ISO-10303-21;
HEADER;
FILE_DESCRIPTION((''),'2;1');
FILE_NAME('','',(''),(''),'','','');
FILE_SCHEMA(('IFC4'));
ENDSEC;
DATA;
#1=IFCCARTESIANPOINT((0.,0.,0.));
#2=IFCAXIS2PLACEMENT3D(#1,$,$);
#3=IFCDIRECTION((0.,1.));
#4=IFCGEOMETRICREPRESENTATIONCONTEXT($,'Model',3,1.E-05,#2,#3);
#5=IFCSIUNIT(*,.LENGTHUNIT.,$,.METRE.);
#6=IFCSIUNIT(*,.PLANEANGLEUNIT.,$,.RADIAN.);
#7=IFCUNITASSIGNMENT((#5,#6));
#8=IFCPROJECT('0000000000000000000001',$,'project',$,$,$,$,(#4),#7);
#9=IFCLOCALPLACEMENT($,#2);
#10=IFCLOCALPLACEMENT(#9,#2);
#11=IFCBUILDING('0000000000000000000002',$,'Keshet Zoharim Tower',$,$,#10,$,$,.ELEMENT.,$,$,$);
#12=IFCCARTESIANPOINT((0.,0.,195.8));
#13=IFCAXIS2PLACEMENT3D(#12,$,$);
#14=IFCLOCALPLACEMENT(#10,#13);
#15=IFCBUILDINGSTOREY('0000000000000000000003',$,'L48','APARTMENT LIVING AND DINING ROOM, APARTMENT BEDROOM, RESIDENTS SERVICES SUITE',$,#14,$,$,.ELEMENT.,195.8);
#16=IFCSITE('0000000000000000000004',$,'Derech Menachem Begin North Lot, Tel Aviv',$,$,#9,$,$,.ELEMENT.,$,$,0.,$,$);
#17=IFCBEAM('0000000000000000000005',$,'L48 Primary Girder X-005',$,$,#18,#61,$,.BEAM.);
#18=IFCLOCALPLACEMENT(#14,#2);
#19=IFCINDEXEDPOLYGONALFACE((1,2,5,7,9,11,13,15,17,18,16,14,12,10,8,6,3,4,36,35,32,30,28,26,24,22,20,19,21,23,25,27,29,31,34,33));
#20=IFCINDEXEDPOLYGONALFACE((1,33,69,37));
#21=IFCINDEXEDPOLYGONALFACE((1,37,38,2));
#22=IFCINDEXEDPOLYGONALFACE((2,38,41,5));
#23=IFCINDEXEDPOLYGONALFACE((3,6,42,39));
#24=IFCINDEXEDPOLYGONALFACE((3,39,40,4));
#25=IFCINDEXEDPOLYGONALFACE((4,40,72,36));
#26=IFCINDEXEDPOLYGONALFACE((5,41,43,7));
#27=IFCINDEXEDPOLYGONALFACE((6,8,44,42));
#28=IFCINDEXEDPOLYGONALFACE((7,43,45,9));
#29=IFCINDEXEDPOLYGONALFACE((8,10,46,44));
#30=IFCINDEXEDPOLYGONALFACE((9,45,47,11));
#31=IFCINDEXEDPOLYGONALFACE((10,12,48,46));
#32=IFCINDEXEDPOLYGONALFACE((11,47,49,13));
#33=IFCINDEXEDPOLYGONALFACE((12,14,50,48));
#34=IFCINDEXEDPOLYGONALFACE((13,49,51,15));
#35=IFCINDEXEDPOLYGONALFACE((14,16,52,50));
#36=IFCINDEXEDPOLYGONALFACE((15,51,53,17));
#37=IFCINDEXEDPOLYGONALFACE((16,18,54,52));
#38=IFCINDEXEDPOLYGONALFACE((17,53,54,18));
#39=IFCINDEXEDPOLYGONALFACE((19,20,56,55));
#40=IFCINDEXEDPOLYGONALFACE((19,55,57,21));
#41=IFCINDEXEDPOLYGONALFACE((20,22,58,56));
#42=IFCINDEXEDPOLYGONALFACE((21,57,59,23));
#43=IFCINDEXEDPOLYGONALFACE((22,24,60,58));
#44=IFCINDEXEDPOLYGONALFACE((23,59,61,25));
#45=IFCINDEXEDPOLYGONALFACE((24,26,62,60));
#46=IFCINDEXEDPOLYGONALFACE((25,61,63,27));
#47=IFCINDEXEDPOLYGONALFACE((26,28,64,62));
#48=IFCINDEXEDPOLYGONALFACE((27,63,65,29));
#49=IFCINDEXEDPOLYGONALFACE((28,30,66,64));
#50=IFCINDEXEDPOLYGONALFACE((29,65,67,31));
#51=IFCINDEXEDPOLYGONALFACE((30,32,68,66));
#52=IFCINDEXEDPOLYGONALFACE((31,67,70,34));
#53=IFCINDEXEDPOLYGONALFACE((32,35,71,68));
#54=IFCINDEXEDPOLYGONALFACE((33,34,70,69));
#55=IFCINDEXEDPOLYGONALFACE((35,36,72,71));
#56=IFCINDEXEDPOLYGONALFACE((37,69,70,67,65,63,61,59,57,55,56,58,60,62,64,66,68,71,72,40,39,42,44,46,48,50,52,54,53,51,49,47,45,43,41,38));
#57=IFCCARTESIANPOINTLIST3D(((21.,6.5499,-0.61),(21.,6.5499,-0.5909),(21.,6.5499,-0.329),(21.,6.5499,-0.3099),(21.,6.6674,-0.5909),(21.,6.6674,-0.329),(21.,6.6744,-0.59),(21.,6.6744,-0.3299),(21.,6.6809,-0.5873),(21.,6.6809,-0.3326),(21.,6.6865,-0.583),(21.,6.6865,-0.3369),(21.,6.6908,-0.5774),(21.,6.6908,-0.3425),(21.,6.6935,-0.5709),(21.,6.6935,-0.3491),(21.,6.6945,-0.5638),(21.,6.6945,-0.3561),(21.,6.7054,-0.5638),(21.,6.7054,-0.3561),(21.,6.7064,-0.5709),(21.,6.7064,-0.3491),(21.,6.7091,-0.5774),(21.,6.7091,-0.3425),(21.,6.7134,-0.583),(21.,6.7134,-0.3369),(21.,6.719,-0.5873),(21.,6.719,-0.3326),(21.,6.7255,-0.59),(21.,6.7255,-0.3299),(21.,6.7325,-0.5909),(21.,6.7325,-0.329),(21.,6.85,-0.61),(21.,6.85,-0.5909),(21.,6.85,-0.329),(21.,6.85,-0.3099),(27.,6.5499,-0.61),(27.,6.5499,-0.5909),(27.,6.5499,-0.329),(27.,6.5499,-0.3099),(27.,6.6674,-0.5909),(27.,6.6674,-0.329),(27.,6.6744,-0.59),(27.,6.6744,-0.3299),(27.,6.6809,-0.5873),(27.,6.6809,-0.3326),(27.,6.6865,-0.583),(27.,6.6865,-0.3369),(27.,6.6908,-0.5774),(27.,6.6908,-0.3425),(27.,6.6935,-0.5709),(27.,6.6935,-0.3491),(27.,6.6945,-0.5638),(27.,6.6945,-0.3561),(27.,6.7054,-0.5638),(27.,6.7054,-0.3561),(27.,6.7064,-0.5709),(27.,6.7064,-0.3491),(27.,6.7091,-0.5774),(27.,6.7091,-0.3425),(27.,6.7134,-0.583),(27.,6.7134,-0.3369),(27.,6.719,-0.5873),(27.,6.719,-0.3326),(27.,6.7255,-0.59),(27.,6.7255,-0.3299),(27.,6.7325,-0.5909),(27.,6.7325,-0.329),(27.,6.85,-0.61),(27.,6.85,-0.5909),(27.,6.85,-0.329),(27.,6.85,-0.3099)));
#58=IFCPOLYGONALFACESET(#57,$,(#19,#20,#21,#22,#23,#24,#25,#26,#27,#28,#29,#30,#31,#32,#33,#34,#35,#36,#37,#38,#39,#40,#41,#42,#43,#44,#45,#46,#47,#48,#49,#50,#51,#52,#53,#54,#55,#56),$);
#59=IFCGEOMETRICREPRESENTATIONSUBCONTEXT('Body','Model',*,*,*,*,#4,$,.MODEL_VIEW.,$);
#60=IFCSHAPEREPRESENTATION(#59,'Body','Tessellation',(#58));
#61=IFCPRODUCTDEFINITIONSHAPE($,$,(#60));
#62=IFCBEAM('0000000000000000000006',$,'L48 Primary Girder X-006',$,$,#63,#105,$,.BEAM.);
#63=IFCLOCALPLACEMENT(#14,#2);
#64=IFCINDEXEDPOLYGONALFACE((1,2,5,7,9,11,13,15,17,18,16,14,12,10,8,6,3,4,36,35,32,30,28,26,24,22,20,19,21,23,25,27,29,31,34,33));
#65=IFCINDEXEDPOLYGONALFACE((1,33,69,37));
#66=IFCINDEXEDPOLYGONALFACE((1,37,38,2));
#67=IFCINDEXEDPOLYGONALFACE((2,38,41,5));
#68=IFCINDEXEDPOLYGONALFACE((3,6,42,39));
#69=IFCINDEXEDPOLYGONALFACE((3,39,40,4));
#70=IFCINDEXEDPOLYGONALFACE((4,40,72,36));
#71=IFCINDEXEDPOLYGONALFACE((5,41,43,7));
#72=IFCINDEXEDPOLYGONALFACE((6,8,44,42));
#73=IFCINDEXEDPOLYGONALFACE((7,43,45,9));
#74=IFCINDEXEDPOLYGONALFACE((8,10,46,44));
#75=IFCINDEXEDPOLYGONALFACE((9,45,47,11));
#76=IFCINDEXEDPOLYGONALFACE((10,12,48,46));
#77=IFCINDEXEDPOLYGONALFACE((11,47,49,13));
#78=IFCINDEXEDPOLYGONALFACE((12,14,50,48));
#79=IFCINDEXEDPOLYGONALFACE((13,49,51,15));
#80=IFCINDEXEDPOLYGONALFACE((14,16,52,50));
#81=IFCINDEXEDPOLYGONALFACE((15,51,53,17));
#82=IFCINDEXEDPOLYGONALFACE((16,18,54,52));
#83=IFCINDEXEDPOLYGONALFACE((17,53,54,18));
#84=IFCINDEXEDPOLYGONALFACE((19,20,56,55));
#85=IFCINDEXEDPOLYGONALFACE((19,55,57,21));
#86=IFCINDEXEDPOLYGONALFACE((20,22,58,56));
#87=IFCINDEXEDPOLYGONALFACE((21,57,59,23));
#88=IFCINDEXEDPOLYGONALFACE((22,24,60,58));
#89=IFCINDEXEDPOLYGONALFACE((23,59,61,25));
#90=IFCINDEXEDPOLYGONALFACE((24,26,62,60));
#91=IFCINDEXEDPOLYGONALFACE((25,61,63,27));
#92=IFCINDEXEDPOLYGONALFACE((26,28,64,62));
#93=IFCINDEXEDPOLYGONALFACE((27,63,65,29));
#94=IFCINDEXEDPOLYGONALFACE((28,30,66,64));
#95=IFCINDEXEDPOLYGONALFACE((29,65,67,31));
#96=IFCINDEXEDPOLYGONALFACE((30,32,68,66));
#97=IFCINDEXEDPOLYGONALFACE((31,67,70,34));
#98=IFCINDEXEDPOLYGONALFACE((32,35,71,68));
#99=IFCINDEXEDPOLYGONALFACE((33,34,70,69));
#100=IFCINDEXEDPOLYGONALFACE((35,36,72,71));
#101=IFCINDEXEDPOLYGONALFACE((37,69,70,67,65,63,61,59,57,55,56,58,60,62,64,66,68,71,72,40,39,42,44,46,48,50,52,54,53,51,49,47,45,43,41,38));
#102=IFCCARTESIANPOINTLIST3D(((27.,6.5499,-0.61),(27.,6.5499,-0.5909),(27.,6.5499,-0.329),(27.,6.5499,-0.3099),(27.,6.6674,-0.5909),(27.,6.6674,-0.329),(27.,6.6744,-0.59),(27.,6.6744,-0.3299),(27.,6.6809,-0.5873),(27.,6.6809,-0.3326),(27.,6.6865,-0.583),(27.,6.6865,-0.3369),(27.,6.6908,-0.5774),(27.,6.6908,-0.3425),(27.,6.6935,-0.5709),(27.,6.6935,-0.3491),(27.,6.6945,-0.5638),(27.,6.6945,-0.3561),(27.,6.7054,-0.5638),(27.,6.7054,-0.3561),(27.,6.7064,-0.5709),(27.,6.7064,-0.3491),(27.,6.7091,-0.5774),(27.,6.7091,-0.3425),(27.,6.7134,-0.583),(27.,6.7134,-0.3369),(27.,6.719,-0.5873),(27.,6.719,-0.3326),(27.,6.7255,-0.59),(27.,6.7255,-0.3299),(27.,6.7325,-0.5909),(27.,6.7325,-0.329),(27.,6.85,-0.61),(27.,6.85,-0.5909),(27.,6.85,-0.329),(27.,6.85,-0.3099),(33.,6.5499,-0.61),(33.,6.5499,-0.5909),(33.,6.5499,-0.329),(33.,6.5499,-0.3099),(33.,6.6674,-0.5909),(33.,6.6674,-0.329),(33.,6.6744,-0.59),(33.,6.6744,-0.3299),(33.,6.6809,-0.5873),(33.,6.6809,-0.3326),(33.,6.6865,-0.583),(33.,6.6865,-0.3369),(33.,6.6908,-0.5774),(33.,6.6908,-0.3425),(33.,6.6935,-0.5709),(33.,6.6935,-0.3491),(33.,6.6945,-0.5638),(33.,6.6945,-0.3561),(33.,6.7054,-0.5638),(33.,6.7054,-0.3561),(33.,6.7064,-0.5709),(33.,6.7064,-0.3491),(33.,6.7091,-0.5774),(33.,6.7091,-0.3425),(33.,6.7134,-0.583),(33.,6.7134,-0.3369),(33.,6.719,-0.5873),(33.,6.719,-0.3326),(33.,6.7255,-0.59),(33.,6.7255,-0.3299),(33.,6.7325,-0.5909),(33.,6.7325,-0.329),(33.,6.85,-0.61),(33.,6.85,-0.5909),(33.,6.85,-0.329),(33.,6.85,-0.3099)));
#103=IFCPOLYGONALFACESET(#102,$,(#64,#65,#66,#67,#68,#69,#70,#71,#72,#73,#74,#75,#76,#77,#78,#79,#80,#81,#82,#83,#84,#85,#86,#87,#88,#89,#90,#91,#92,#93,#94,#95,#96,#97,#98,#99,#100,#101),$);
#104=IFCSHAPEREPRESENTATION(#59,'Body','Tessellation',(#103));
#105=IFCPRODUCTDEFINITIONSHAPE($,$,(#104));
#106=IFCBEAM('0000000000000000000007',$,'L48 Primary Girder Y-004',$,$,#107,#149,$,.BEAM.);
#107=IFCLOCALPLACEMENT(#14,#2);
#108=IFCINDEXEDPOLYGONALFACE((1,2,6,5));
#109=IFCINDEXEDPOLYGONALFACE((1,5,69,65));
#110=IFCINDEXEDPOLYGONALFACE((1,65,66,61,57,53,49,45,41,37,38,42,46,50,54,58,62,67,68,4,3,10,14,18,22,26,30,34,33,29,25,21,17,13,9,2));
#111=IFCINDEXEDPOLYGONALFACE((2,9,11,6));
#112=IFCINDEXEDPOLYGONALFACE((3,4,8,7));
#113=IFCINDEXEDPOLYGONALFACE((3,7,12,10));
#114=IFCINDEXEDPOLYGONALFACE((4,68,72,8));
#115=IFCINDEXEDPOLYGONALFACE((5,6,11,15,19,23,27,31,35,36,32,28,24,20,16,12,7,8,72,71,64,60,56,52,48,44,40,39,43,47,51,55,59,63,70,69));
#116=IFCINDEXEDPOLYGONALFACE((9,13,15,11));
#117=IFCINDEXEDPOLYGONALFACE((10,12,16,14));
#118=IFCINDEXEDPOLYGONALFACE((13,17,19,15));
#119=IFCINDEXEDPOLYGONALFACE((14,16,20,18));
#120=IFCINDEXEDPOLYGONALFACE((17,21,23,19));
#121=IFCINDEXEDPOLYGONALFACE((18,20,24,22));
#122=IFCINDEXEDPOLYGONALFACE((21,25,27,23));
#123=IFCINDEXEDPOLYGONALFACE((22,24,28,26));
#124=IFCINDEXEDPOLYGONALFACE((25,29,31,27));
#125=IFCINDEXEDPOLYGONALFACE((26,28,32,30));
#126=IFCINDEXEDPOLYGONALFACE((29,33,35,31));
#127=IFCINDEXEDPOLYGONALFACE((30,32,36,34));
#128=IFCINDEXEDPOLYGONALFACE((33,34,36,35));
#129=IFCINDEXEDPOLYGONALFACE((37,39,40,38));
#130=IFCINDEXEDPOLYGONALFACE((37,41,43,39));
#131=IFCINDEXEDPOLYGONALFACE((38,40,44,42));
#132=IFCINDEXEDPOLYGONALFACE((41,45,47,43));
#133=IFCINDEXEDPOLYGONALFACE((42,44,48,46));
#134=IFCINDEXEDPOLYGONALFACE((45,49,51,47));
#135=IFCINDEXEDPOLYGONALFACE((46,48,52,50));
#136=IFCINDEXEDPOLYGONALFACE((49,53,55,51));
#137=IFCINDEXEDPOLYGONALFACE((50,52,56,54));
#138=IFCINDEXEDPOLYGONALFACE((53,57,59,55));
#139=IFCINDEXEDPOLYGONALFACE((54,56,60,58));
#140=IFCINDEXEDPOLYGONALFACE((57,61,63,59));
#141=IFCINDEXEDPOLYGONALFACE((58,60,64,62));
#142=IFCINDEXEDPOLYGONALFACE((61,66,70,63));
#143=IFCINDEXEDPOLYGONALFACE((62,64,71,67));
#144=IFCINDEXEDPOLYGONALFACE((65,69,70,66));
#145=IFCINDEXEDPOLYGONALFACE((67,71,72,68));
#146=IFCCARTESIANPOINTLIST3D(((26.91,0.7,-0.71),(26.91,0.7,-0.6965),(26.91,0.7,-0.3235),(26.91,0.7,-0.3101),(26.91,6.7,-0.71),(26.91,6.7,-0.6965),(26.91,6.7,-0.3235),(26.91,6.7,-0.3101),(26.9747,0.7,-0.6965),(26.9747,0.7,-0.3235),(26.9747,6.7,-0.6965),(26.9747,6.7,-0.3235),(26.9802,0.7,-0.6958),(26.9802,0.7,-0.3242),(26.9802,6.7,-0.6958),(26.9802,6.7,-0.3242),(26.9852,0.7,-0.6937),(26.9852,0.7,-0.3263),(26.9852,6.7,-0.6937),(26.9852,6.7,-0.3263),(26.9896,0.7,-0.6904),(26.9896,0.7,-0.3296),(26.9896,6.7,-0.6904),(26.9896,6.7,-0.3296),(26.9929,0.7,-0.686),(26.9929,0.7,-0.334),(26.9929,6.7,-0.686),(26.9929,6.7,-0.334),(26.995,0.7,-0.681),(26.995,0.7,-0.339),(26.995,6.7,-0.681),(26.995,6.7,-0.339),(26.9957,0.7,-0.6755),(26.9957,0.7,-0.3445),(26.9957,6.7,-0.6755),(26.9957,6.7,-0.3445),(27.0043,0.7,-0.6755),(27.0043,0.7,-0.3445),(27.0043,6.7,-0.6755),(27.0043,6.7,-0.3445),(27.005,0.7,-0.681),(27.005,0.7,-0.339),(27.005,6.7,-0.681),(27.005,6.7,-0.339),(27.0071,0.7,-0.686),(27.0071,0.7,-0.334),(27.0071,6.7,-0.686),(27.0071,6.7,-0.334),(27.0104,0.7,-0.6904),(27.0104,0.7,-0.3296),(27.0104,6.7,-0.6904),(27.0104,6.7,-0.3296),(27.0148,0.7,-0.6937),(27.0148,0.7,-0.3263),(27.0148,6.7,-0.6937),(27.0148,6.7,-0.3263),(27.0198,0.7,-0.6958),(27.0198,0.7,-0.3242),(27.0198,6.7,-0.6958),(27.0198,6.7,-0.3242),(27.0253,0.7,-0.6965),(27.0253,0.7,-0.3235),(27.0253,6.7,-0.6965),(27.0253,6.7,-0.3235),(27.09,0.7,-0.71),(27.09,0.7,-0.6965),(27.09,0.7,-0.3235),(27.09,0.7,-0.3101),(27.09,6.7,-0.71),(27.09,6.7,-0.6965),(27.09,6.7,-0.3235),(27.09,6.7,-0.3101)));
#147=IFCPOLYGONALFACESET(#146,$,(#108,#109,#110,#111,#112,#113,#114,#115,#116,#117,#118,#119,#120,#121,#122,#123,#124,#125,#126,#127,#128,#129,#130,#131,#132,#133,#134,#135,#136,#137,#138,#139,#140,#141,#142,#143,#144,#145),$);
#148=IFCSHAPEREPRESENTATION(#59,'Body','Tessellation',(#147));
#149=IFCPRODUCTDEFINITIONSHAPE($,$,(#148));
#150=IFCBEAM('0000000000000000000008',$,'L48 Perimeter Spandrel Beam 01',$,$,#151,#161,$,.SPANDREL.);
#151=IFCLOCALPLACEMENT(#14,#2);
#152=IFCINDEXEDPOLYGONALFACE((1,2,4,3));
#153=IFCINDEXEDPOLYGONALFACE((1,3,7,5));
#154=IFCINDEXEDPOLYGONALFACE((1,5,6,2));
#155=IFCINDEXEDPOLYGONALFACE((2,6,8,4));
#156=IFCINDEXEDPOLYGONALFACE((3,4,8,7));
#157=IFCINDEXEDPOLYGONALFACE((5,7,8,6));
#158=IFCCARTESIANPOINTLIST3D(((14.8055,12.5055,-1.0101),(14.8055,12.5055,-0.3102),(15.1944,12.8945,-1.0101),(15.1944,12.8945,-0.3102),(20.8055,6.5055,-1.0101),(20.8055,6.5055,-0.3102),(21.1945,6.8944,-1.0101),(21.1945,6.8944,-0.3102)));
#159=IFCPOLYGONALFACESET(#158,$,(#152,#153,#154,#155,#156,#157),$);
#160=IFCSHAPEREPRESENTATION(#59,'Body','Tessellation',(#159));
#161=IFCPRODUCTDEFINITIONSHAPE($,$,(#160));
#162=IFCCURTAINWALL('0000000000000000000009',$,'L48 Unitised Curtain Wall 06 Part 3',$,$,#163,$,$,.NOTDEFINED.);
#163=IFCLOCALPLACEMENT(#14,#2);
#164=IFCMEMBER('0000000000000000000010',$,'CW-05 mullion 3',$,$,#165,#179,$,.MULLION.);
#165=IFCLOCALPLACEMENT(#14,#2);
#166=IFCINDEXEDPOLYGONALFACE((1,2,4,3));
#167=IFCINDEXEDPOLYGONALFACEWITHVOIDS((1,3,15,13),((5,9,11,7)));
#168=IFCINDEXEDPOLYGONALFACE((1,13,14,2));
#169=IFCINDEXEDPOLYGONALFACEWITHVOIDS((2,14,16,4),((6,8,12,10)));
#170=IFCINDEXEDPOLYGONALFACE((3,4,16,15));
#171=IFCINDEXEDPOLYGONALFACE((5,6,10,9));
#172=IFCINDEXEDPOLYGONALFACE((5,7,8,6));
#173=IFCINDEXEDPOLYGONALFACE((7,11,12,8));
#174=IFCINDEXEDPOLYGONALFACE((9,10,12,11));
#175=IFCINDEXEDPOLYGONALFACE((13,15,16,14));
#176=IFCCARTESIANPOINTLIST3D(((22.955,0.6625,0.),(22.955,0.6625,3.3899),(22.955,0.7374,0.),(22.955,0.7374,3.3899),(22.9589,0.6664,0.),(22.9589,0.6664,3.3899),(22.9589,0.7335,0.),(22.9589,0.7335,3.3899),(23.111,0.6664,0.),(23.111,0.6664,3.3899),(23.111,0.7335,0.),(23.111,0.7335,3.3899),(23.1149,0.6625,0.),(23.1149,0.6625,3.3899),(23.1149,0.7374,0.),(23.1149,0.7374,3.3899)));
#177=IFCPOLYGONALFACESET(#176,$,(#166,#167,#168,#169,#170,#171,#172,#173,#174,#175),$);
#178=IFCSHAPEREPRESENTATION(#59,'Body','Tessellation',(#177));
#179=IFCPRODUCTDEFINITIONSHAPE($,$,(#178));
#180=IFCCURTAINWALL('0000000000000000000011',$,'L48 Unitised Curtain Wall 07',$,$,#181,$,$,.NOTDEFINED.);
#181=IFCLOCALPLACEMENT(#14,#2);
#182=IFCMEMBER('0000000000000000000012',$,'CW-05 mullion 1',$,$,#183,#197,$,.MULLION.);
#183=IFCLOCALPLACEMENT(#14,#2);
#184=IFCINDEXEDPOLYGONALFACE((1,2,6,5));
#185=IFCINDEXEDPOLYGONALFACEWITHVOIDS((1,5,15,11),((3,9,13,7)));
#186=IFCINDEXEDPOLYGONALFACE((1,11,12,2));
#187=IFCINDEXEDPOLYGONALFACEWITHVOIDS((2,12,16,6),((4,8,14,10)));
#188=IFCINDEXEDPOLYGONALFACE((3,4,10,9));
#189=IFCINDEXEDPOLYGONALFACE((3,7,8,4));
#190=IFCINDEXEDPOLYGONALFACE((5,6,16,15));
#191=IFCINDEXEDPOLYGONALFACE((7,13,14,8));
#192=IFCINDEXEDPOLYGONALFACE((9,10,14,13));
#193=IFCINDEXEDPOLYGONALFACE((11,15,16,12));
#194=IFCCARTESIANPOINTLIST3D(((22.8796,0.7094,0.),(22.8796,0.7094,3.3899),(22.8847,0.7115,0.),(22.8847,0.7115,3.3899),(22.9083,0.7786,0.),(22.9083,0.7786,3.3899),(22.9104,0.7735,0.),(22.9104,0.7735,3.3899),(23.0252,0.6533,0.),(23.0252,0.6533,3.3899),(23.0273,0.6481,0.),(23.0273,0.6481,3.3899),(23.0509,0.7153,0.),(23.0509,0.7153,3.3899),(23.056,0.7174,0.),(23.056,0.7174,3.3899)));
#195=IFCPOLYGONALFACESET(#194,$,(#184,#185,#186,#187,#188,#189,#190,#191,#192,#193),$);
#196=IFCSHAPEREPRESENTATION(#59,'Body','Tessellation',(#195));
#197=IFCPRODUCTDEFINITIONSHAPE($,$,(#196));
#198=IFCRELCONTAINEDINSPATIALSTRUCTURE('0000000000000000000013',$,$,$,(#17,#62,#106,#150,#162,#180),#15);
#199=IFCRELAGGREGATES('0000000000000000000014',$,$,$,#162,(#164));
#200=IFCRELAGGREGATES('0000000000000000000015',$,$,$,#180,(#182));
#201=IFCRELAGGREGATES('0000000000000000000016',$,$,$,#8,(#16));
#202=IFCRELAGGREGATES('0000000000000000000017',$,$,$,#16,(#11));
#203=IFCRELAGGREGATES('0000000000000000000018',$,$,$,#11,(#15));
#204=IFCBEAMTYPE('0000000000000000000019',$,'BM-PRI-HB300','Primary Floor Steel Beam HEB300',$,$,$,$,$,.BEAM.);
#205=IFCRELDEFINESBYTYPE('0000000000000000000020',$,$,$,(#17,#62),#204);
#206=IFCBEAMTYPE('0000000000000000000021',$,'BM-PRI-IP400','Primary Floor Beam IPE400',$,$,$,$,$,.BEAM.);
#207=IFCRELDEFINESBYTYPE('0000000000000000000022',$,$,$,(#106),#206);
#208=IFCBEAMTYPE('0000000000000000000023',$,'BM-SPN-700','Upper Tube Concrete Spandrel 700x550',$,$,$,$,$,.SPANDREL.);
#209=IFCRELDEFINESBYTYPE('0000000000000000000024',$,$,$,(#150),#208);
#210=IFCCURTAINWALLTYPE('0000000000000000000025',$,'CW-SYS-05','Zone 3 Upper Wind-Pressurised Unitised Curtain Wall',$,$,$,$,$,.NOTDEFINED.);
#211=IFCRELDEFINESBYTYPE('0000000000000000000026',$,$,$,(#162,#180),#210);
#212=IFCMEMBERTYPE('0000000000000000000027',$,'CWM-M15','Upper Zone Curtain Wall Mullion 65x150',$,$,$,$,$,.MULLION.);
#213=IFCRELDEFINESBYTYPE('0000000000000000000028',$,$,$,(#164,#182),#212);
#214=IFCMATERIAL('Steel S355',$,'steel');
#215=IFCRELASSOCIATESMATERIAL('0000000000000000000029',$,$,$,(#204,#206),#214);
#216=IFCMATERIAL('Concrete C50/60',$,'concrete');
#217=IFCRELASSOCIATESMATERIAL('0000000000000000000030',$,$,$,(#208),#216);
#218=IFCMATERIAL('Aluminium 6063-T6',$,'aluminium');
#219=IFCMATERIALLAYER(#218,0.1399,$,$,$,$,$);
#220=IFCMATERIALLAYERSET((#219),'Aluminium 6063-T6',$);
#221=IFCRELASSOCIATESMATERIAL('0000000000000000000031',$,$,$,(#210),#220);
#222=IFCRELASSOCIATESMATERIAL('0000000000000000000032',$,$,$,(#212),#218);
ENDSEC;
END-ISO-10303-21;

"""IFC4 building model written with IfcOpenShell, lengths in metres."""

from ifc_helpers import new_model, si_unit, direction, frame, origin, origin_2d, place, context, subcontext, project, spatial, rectangle, hollow_rectangle, i_section, extrude, material, layer, layer_set, material_profile, profile_set, type_object, element, aggregate, save


model = new_model("IFC4")

# Units and contexts
model_context = context("Model", 3, precision=1e-05, world=origin(), true_north=direction((0.0, 1.0)))
body_context = subcontext(model_context, "Body", "Model", "MODEL_VIEW")
ifc_project = project(units=[si_unit("LENGTHUNIT", "METRE"), si_unit("PLANEANGLEUNIT", "RADIAN")], contexts=[model_context])

# Site, building, storey
site_placement = place(None, origin())
site = spatial("IfcSite", under=ifc_project, at=site_placement, Name="Derech Menachem Begin North Lot, Tel Aviv", CompositionType="ELEMENT", RefElevation=0.0)
building_placement = place(site_placement, origin())
building = spatial("IfcBuilding", under=site, at=building_placement, Name="Keshet Zoharim Tower", CompositionType="ELEMENT")
storey_placement = place(building_placement, frame((0.0, 0.0, 195.8)))
storey = spatial("IfcBuildingStorey", under=building, at=storey_placement, Name="L48", Description="APARTMENT LIVING AND DINING ROOM, APARTMENT BEDROOM, RESIDENTS SERVICES SUITE", CompositionType="ELEMENT", Elevation=195.8)

# Shared definitions
ifc_material_1 = material(Name="Steel S355", Category="steel")

# Beams
ifc_material_profile_1 = material_profile(ifc_material_1, i_section(OverallWidth=0.3, OverallDepth=0.3, WebThickness=0.011, FlangeThickness=0.019, FilletRadius=0.0271, at=origin_2d()), Name="HEB300")
ifc_profile_set_1 = profile_set([ifc_material_profile_1], Name="Steel S355")
beam_type_1 = type_object("IfcBeamType", Name="BM-PRI-HB300", Description="Primary Floor Steel Beam HEB300", PredefinedType="BEAM", material=ifc_profile_set_1)
for number, where, z_axis, x_axis, name in (
    (1, (21.0, 6.7, -0.46), (1.0, 0.0, 0.0), (0.0, 1.0, 0.0), "L48 Primary Girder X-005"),
    (2, (27.0, 6.7, -0.46), (1.0, 0.0, 0.0), (0.0, 1.0, 0.0), "L48 Primary Girder X-006"),
):
    element("IfcBeam", number, at=place(storey_placement, frame(where, z_axis=z_axis, x_axis=x_axis)), inside=storey, type_object=beam_type_1, Name=name, PredefinedType="BEAM", context=body_context, shape_type="SweptSolid", body=[
        extrude(i_section(OverallWidth=0.3, OverallDepth=0.3, WebThickness=0.011, FlangeThickness=0.019, FilletRadius=0.0271, at=origin_2d()), origin(), (0.0, 0.0, 1.0), 6.0),
    ])
ifc_material_profile_2 = material_profile(ifc_material_1, i_section(OverallWidth=0.1799, OverallDepth=0.3999, WebThickness=0.0085, FlangeThickness=0.0134, FilletRadius=0.021, at=origin_2d()), Name="IPE400")
ifc_profile_set_2 = profile_set([ifc_material_profile_2], Name="Steel S355")
beam_type_2 = type_object("IfcBeamType", Name="BM-PRI-IP400", Description="Primary Floor Beam IPE400", PredefinedType="BEAM", material=ifc_profile_set_2)
beam_1_placement = place(storey_placement, frame((27.0, 0.7, -0.51), z_axis=(0.0, 1.0, 0.0), x_axis=(-1.0, 0.0, 0.0)))
element("IfcBeam", 3, at=beam_1_placement, inside=storey, type_object=beam_type_2, Name="L48 Primary Girder Y-004", PredefinedType="BEAM", context=body_context, shape_type="SweptSolid", body=[
    extrude(i_section(OverallWidth=0.1799, OverallDepth=0.3999, WebThickness=0.0085, FlangeThickness=0.0134, FilletRadius=0.021, at=origin_2d()), origin(), (0.0, 0.0, 1.0), 6.0),
])
ifc_material_2 = material(Name="Concrete C50/60", Category="concrete")
ifc_material_profile_3 = material_profile(ifc_material_2, rectangle(XDim=0.55, YDim=0.7, at=origin_2d()), Name="RC700x550")
ifc_profile_set_3 = profile_set([ifc_material_profile_3], Name="Concrete C50/60")
beam_type_3 = type_object("IfcBeamType", Name="BM-SPN-700", Description="Upper Tube Concrete Spandrel 700x550", PredefinedType="SPANDREL", material=ifc_profile_set_3)
beam_2_placement = place(storey_placement, frame((21.0, 6.7, -0.6602), z_axis=(-0.707107, 0.707107, 0.0), x_axis=(-0.707107, -0.707107, 0.0)))
element("IfcBeam", 4, at=beam_2_placement, inside=storey, type_object=beam_type_3, Name="L48 Perimeter Spandrel Beam 01", PredefinedType="SPANDREL", context=body_context, shape_type="SweptSolid", body=[
    extrude(rectangle(XDim=0.55, YDim=0.7, at=origin_2d()), origin(), (0.0, 0.0, 1.0), 8.4854),
])

# Curtain wall, member
ifc_material_3 = material(Name="Aluminium 6063-T6", Category="aluminium")
ifc_layer_1 = layer(ifc_material_3, 0.1399)
ifc_layer_set_1 = layer_set([ifc_layer_1], Name="Aluminium 6063-T6")
curtain_wall_type = type_object("IfcCurtainWallType", Name="CW-SYS-05", Description="Zone 3 Upper Wind-Pressurised Unitised Curtain Wall", PredefinedType="NOTDEFINED", material=ifc_layer_set_1)
curtain_wall_1_placement = place(storey_placement, origin())
curtain_wall_1 = element("IfcCurtainWall", 5, at=curtain_wall_1_placement, inside=storey, type_object=curtain_wall_type, Name="L48 Unitised Curtain Wall 06 Part 3", PredefinedType="NOTDEFINED")
ifc_material_profile_4 = material_profile(ifc_material_3, hollow_rectangle(XDim=0.075, YDim=0.1599, WallThickness=0.0039, at=origin_2d()), Name="MUL-75x160")
ifc_profile_set_4 = profile_set([ifc_material_profile_4], Name="Aluminium 6063-T6")
member_type_1 = type_object("IfcMemberType", Name="CWM-M15", Description="Upper Zone Curtain Wall Mullion 65x150", PredefinedType="MULLION", material=ifc_profile_set_4)
member_1_placement = place(storey_placement, frame((23.0349, 0.7, 0.0), z_axis=(0.0, 0.0, 1.0), x_axis=(0.0, -1.0, 0.0)))
member_1 = element("IfcMember", 6, at=member_1_placement, type_object=member_type_1, Name="CW-05 mullion 3", PredefinedType="MULLION", context=body_context, shape_type="SweptSolid", body=[
    extrude(hollow_rectangle(XDim=0.075, YDim=0.1599, WallThickness=0.0039, at=origin_2d()), origin(), (0.0, 0.0, 1.0), 3.3899),
])
aggregate(curtain_wall_1, [member_1])

# Curtain wall, member
curtain_wall_2_placement = place(storey_placement, origin())
curtain_wall_2 = element("IfcCurtainWall", 7, at=curtain_wall_2_placement, inside=storey, type_object=curtain_wall_type, Name="L48 Unitised Curtain Wall 07", PredefinedType="NOTDEFINED")
member_2_placement = place(storey_placement, frame((22.9678, 0.7134, 0.0), z_axis=(0.0, 0.0, 1.0), x_axis=(-0.382852, -0.92381, 0.0)))
member_2 = element("IfcMember", 8, at=member_2_placement, type_object=member_type_1, Name="CW-05 mullion 1", PredefinedType="MULLION", context=body_context, shape_type="SweptSolid", body=[
    extrude(hollow_rectangle(XDim=0.075, YDim=0.1599, WallThickness=0.0039, at=origin_2d()), origin(), (0.0, 0.0, 1.0), 3.3899),
])

aggregate(curtain_wall_2, [member_2])

save(model, "model.ifc")
